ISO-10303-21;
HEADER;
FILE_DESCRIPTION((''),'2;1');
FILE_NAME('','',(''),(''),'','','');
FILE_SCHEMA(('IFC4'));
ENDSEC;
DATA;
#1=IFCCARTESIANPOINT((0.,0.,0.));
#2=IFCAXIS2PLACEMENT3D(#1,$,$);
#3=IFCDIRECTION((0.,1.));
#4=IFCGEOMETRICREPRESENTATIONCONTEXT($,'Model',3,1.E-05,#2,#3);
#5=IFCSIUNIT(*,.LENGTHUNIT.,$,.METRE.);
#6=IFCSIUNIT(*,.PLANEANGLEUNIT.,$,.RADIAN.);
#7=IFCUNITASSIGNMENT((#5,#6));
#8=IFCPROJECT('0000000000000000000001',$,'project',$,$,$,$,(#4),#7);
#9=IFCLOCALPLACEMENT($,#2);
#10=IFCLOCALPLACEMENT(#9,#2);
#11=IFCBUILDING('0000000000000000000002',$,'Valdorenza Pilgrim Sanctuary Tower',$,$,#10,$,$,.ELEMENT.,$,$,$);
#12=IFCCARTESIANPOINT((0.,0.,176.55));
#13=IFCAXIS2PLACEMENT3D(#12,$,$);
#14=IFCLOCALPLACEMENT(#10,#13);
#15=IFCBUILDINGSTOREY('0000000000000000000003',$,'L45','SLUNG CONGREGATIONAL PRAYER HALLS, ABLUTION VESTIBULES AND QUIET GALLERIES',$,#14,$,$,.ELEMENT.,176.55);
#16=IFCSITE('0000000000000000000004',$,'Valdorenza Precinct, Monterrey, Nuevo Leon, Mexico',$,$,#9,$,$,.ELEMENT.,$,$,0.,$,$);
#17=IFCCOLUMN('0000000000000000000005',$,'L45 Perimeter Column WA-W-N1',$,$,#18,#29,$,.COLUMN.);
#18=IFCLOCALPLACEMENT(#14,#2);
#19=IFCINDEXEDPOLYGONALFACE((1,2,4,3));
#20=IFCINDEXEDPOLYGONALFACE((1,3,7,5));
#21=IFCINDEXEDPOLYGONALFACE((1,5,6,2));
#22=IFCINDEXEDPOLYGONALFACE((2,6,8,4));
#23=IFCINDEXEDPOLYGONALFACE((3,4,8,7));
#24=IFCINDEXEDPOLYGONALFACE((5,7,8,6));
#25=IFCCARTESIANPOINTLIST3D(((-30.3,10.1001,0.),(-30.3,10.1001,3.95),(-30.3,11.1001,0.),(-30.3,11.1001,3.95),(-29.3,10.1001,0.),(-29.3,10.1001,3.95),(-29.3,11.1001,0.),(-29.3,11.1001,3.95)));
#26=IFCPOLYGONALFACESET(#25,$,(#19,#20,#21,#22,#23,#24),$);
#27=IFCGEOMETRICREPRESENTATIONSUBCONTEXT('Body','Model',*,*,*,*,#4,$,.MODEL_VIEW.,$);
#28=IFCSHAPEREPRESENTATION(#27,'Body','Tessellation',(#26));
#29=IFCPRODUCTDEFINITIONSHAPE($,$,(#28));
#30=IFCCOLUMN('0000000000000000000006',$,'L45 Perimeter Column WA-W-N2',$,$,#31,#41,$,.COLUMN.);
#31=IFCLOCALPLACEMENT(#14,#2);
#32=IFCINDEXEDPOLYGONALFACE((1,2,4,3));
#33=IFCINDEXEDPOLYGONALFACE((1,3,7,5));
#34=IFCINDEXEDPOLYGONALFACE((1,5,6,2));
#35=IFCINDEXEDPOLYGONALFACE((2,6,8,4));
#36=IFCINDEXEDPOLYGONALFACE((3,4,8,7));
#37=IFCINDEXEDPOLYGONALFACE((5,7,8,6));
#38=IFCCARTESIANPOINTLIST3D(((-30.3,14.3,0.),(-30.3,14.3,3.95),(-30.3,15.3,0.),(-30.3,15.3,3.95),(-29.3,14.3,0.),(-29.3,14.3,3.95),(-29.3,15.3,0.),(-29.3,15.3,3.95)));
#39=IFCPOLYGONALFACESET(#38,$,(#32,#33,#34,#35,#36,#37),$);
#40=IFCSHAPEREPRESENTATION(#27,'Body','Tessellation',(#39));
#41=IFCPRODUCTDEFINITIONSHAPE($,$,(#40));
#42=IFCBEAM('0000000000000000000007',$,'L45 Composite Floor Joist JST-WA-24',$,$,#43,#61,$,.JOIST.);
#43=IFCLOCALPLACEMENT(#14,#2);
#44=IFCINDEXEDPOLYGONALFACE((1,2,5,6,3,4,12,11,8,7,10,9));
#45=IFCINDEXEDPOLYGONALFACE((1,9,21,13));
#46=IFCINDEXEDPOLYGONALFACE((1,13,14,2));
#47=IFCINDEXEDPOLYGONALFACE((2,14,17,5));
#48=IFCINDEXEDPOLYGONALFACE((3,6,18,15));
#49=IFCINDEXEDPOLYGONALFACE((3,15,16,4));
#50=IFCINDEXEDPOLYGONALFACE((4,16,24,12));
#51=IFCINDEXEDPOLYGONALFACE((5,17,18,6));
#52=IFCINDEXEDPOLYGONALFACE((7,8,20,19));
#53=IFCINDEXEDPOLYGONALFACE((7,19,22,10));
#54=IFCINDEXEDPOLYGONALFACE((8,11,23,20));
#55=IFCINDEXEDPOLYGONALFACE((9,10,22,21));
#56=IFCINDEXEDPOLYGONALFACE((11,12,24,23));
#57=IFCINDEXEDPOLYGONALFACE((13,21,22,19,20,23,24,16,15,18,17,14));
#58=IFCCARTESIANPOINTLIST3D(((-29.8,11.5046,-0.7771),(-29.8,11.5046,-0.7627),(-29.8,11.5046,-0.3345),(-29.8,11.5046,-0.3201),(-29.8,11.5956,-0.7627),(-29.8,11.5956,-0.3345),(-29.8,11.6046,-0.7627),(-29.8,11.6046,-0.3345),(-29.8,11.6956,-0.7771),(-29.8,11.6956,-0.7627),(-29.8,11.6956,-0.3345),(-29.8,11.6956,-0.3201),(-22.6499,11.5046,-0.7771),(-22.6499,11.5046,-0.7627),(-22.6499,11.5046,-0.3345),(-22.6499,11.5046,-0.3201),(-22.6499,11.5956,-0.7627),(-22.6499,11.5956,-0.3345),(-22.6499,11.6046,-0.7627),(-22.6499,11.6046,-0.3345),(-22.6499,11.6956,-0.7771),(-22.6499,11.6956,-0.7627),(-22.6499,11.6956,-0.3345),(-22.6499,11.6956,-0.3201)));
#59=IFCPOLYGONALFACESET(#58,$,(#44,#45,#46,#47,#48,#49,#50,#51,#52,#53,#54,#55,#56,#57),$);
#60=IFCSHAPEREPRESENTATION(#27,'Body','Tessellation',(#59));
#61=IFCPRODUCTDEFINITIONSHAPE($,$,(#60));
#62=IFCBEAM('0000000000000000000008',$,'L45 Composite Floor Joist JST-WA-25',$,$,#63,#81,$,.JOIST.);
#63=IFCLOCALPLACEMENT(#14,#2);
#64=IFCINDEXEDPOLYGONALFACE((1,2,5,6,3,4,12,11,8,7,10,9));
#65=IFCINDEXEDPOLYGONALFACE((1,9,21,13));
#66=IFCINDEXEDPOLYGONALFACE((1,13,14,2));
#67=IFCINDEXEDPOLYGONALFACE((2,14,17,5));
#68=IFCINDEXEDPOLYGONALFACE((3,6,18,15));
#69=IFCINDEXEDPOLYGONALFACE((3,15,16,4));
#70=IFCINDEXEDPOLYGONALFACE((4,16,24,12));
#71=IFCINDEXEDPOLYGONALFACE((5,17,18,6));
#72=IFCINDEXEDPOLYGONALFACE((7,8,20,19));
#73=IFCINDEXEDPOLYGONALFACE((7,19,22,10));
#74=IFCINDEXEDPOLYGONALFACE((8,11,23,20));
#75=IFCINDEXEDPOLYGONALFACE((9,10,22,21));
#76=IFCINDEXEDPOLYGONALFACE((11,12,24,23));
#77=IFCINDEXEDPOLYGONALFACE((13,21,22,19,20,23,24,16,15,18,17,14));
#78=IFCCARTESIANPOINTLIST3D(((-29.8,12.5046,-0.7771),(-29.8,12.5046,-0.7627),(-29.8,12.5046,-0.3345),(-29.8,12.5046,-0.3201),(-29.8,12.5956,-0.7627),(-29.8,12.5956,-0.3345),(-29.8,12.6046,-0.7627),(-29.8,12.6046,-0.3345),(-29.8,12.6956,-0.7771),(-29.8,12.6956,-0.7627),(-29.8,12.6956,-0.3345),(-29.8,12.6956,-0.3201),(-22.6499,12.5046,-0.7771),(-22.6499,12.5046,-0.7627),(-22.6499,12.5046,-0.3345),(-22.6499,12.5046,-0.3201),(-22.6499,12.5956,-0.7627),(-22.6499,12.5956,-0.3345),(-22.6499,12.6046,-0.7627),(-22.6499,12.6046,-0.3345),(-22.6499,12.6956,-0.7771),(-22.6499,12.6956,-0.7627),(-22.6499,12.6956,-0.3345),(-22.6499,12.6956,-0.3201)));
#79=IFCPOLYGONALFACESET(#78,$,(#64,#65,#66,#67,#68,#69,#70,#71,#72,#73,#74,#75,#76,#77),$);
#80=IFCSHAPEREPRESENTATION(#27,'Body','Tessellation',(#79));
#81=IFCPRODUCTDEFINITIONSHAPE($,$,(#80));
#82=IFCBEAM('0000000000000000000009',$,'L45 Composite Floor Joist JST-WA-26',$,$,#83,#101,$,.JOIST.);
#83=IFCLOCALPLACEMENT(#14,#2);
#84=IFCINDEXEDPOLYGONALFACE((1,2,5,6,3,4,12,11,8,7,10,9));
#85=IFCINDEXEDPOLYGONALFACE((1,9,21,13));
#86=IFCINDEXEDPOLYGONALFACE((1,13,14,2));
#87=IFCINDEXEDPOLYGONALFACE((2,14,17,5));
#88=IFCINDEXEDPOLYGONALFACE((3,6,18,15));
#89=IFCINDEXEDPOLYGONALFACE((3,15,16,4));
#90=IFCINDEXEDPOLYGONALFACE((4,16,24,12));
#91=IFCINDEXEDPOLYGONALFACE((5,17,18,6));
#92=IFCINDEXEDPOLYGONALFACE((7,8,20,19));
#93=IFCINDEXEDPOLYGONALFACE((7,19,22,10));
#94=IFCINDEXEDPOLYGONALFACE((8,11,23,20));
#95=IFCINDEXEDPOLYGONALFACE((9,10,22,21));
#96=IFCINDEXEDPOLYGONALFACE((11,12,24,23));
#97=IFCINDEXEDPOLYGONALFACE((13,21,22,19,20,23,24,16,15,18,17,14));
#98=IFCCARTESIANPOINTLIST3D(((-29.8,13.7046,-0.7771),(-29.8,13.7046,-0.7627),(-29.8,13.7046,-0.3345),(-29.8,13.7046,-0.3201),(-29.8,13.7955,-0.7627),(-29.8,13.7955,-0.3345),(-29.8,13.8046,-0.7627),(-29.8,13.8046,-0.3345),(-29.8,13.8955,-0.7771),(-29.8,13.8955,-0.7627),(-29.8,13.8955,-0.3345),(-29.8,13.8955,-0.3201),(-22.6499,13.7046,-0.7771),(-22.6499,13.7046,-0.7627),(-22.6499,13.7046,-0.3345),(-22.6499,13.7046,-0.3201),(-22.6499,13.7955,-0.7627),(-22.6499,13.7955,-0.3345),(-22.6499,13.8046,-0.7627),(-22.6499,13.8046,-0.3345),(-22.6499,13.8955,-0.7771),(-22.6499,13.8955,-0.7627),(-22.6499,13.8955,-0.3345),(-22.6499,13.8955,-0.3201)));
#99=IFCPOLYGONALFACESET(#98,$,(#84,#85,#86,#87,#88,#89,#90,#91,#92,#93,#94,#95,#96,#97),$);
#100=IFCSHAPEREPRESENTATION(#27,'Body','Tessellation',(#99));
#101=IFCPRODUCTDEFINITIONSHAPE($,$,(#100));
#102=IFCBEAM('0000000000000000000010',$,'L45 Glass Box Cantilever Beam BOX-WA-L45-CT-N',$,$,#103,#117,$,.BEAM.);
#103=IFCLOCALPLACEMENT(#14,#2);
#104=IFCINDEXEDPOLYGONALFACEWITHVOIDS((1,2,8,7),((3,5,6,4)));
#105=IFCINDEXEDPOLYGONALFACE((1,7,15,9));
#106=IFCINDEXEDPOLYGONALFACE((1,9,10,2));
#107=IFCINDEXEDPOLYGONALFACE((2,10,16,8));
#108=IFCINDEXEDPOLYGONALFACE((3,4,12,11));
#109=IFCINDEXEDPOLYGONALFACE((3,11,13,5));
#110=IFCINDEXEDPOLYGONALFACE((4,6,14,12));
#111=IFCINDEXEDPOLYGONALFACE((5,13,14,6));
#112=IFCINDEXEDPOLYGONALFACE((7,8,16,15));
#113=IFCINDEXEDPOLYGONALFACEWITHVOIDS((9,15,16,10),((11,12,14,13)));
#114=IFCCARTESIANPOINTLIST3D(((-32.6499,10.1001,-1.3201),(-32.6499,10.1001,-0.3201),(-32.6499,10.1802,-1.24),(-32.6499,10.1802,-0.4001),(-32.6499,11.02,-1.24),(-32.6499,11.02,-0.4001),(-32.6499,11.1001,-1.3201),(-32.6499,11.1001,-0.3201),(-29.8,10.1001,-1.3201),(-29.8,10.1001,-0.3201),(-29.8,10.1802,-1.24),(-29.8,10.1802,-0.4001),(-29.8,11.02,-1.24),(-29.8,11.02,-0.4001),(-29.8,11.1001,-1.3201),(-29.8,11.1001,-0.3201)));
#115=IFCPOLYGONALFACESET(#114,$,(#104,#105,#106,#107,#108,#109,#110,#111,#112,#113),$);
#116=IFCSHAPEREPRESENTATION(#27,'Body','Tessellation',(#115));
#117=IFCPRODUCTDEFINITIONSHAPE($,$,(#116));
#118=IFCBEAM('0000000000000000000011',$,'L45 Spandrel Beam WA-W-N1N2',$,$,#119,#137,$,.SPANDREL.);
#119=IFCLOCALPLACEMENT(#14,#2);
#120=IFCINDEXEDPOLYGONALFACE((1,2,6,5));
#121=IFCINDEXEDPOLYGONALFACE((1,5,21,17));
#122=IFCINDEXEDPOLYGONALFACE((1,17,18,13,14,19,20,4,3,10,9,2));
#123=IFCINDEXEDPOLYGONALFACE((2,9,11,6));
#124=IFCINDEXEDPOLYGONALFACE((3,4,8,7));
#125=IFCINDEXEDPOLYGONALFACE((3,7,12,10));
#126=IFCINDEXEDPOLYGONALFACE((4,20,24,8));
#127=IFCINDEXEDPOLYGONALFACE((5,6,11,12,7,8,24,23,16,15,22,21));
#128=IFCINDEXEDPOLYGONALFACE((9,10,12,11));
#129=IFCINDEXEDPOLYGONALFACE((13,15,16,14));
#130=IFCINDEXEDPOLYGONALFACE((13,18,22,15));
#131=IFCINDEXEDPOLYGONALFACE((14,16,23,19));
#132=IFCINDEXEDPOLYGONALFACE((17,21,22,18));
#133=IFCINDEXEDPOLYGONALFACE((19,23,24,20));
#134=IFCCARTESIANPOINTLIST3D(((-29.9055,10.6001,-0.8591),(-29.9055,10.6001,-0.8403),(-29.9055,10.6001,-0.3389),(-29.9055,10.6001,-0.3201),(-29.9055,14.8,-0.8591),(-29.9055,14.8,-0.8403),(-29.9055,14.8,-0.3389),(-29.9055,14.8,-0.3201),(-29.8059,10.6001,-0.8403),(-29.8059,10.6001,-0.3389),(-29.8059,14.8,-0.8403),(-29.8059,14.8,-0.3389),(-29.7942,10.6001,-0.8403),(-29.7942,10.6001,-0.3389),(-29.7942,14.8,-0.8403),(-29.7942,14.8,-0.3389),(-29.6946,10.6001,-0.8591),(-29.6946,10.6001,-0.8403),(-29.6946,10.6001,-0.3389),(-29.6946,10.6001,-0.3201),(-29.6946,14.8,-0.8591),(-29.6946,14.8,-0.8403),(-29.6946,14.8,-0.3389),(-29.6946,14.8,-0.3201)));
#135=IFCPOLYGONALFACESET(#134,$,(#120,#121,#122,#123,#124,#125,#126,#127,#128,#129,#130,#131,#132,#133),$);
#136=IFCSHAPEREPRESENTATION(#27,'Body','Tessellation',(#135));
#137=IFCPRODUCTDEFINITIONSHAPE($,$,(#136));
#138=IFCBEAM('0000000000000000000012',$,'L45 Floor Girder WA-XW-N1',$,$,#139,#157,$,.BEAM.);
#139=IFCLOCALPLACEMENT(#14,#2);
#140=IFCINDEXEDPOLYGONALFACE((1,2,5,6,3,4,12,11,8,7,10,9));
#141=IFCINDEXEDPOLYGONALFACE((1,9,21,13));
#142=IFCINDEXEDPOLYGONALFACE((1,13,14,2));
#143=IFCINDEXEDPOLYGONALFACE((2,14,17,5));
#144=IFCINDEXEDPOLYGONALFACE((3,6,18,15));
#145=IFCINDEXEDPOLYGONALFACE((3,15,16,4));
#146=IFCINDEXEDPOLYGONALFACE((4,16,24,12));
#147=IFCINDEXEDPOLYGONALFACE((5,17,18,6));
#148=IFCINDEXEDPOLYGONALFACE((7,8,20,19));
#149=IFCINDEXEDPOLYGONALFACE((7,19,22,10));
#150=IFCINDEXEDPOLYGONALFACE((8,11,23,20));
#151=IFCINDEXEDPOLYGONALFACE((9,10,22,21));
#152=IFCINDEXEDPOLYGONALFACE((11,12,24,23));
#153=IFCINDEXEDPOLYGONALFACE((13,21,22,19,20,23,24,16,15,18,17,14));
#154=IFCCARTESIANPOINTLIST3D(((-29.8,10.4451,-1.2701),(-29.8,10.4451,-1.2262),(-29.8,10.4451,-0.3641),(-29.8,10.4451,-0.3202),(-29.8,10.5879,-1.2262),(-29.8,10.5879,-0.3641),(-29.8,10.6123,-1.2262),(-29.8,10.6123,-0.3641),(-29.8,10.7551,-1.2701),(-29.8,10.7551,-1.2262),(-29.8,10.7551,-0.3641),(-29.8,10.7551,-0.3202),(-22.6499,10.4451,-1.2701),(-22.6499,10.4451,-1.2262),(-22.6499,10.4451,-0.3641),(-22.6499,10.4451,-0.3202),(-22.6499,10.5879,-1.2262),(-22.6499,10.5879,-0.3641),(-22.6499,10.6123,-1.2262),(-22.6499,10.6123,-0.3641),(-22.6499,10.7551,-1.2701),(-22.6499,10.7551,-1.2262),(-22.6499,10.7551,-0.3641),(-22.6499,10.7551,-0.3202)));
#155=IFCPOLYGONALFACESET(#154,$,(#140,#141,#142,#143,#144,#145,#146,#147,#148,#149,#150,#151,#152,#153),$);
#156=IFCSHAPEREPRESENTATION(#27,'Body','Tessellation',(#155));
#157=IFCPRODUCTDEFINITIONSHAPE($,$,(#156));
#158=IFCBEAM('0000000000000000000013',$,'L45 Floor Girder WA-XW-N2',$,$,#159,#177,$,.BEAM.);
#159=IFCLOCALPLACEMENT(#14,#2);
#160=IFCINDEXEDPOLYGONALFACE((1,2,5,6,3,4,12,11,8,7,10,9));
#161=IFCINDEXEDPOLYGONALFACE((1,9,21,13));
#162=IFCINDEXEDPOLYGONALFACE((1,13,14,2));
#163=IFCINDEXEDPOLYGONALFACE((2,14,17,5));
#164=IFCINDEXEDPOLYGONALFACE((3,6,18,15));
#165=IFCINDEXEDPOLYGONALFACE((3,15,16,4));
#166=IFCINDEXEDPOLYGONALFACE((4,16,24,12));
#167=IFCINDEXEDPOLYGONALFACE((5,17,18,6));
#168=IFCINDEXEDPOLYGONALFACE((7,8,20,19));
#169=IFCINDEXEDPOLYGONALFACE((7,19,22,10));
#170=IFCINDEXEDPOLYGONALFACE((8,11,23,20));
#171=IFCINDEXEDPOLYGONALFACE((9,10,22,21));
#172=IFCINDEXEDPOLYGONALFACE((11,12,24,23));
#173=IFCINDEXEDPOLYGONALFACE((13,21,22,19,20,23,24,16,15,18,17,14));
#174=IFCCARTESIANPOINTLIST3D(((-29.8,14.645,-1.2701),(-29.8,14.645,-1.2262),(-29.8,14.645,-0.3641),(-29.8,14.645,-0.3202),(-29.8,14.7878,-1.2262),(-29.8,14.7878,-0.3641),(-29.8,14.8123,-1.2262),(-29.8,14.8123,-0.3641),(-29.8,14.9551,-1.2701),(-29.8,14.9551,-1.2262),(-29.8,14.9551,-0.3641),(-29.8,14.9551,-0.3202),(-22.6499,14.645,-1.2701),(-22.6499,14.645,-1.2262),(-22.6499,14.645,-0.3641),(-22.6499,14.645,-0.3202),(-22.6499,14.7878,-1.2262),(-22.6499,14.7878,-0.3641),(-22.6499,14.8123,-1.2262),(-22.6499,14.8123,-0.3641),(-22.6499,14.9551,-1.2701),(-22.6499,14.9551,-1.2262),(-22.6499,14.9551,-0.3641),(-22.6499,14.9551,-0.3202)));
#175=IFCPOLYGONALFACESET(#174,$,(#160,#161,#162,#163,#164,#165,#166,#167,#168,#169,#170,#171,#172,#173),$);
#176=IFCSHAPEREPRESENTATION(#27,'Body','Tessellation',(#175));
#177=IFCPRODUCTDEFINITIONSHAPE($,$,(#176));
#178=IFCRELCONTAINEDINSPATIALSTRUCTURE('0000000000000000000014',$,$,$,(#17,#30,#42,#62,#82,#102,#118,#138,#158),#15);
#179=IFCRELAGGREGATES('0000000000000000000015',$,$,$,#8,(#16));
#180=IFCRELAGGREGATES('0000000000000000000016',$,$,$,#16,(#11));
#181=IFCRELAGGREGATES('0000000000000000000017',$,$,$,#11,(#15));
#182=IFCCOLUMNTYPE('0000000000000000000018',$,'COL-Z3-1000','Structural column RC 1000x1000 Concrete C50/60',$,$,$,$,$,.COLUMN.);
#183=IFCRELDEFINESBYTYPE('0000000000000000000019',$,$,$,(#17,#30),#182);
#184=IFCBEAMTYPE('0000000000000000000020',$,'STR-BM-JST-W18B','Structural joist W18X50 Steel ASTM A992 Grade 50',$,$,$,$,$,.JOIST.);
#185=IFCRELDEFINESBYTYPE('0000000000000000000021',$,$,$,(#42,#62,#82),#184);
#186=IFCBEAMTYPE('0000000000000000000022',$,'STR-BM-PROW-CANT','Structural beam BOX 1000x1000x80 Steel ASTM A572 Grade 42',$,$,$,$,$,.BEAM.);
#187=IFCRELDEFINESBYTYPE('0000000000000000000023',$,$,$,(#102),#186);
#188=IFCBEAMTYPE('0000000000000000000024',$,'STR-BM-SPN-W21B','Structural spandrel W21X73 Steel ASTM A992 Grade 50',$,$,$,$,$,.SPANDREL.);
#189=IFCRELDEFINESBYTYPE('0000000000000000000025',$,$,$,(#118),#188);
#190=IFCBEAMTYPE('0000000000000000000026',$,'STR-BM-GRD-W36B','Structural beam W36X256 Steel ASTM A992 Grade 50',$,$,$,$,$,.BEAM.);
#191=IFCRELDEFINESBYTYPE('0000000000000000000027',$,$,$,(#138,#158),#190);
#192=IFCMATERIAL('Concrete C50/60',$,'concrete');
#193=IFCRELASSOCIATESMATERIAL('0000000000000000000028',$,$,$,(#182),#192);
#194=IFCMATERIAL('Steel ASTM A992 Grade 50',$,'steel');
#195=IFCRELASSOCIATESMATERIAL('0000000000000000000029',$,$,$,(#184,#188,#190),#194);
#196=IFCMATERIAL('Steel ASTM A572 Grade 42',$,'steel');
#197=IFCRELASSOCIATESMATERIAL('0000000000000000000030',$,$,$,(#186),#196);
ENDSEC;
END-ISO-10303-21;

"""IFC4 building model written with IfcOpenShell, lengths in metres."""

from ifc_helpers import new_model, si_unit, direction, frame, origin, origin_2d, place, context, subcontext, project, spatial, rectangle, hollow_rectangle, i_section, extrude, source, transform, mapped, material, material_profile, profile_set, type_object, element, save


model = new_model("IFC4")

# Units and contexts
model_context = context("Model", 3, precision=1e-05, world=origin(), true_north=direction((0.0, 1.0)))
body_context = subcontext(model_context, "Body", "Model", "MODEL_VIEW")
ifc_project = project(units=[si_unit("LENGTHUNIT", "METRE"), si_unit("PLANEANGLEUNIT", "RADIAN")], contexts=[model_context])

# Site, building, storey
site_placement = place(None, origin())
site = spatial("IfcSite", under=ifc_project, at=site_placement, Name="Valdorenza Precinct, Monterrey, Nuevo Leon, Mexico", CompositionType="ELEMENT", RefElevation=0.0)
building_placement = place(site_placement, origin())
building = spatial("IfcBuilding", under=site, at=building_placement, Name="Valdorenza Pilgrim Sanctuary Tower", CompositionType="ELEMENT")
storey_placement = place(building_placement, frame((0.0, 0.0, 176.55)))
storey = spatial("IfcBuildingStorey", under=building, at=storey_placement, Name="L45", Description="SLUNG CONGREGATIONAL PRAYER HALLS, ABLUTION VESTIBULES AND QUIET GALLERIES", CompositionType="ELEMENT", Elevation=176.55)

# Columns
ifc_material_1 = material(Name="Concrete C50/60", Category="concrete")
ifc_material_profile_1 = material_profile(ifc_material_1, rectangle(XDim=1.0, YDim=1.0, at=origin_2d()), Name="RC 1000x1000")
ifc_profile_set_1 = profile_set([ifc_material_profile_1], Name="Concrete C50/60")
column_type = type_object("IfcColumnType", Name="COL-Z3-1000", Description="Structural column RC 1000x1000 Concrete C50/60", PredefinedType="COLUMN", material=ifc_profile_set_1)
shared_shape_1 = source(origin(), body_context, "Body", "SweptSolid", [
    extrude(rectangle(XDim=1.0, YDim=1.0, at=origin_2d()), origin(), (0.0, 0.0, 1.0), 3.95),
])
for number, where, z_axis, x_axis, name in (
    (1, (-29.8, 10.6001, 0.0), (0.0, 0.0, 1.0), (1.0, 0.0, 0.0), "L45 Perimeter Column WA-W-N1"),
    (2, (-29.8, 14.8, 0.0), (0.0, 0.0, 1.0), (1.0, 0.0, 0.0), "L45 Perimeter Column WA-W-N2"),
):
    element("IfcColumn", number, at=place(storey_placement, frame(where, z_axis=z_axis, x_axis=x_axis)), inside=storey, type_object=column_type, Name=name, PredefinedType="COLUMN", context=body_context, shape_type="MappedRepresentation", body=[
        mapped(shared_shape_1, transform((0.0, 0.0, 0.0), x_axis=(1.0, 0.0, 0.0), y_axis=(0.0, 1.0, 0.0), z_axis=(0.0, 0.0, 1.0), scale=1.0)),
    ])

# Beams
ifc_material_2 = material(Name="Steel ASTM A992 Grade 50", Category="steel")
ifc_material_profile_2 = material_profile(ifc_material_2, i_section(OverallWidth=0.1909, OverallDepth=0.457, WebThickness=0.009, FlangeThickness=0.0144, at=origin_2d()), Name="W18X50")
ifc_profile_set_2 = profile_set([ifc_material_profile_2], Name="Steel ASTM A992 Grade 50")
beam_type_1 = type_object("IfcBeamType", Name="STR-BM-JST-W18B", Description="Structural joist W18X50 Steel ASTM A992 Grade 50", PredefinedType="JOIST", material=ifc_profile_set_2)
shared_shape_2 = source(origin(), body_context, "Body", "SweptSolid", [
    extrude(i_section(OverallWidth=0.1909, OverallDepth=0.457, WebThickness=0.009, FlangeThickness=0.0144, at=origin_2d()), origin(), (0.0, 0.0, 1.0), 7.1501),
])
for number, where, z_axis, x_axis, name in (
    (3, (-29.8, 11.6001, -0.5486), (1.0, 0.0, 0.0), (0.0, 1.0, 0.0), "L45 Composite Floor Joist JST-WA-24"),
    (4, (-29.8, 12.6001, -0.5486), (1.0, 0.0, 0.0), (0.0, 1.0, 0.0), "L45 Composite Floor Joist JST-WA-25"),
    (5, (-29.8, 13.8, -0.5486), (1.0, 0.0, 0.0), (0.0, 1.0, 0.0), "L45 Composite Floor Joist JST-WA-26"),
):
    element("IfcBeam", number, at=place(storey_placement, frame(where, z_axis=z_axis, x_axis=x_axis)), inside=storey, type_object=beam_type_1, Name=name, PredefinedType="JOIST", context=body_context, shape_type="MappedRepresentation", body=[
        mapped(shared_shape_2, transform((0.0, 0.0, 0.0), x_axis=(1.0, 0.0, 0.0), y_axis=(0.0, 1.0, 0.0), z_axis=(0.0, 0.0, 1.0), scale=1.0)),
    ])
ifc_material_3 = material(Name="Steel ASTM A572 Grade 42", Category="steel")
ifc_material_profile_3 = material_profile(ifc_material_3, hollow_rectangle(XDim=1.0, YDim=1.0, WallThickness=0.0801, at=origin_2d()), Name="BOX 1000x1000x80")
ifc_profile_set_3 = profile_set([ifc_material_profile_3], Name="Steel ASTM A572 Grade 42")
beam_type_2 = type_object("IfcBeamType", Name="STR-BM-PROW-CANT", Description="Structural beam BOX 1000x1000x80 Steel ASTM A572 Grade 42", PredefinedType="BEAM", material=ifc_profile_set_3)
shared_shape_3 = source(origin(), body_context, "Body", "SweptSolid", [
    extrude(hollow_rectangle(XDim=1.0, YDim=1.0, WallThickness=0.0801, at=origin_2d()), origin(), (0.0, 0.0, 1.0), 2.8499),
])
beam_1_placement = place(storey_placement, frame((-29.8, 10.6001, -0.8201), z_axis=(-1.0, 0.0, 0.0), x_axis=(0.0, -1.0, 0.0)))
element("IfcBeam", 6, at=beam_1_placement, inside=storey, type_object=beam_type_2, Name="L45 Glass Box Cantilever Beam BOX-WA-L45-CT-N", PredefinedType="BEAM", context=body_context, shape_type="MappedRepresentation", body=[
    mapped(shared_shape_3, transform((0.0, 0.0, 0.0), x_axis=(1.0, 0.0, 0.0), y_axis=(0.0, 1.0, 0.0), z_axis=(0.0, 0.0, 1.0), scale=1.0)),
])
ifc_material_profile_4 = material_profile(ifc_material_2, i_section(OverallWidth=0.2109, OverallDepth=0.5391, WebThickness=0.0117, FlangeThickness=0.0188, at=origin_2d()), Name="W21X73")
ifc_profile_set_4 = profile_set([ifc_material_profile_4], Name="Steel ASTM A992 Grade 50")
beam_type_3 = type_object("IfcBeamType", Name="STR-BM-SPN-W21B", Description="Structural spandrel W21X73 Steel ASTM A992 Grade 50", PredefinedType="SPANDREL", material=ifc_profile_set_4)
shared_shape_4 = source(origin(), body_context, "Body", "SweptSolid", [
    extrude(i_section(OverallWidth=0.2109, OverallDepth=0.5391, WebThickness=0.0117, FlangeThickness=0.0188, at=origin_2d()), origin(), (0.0, 0.0, 1.0), 4.2),
])
beam_2_placement = place(storey_placement, frame((-29.8, 10.6001, -0.5896), z_axis=(0.0, 1.0, 0.0), x_axis=(-1.0, 0.0, 0.0)))
element("IfcBeam", 7, at=beam_2_placement, inside=storey, type_object=beam_type_3, Name="L45 Spandrel Beam WA-W-N1N2", PredefinedType="SPANDREL", context=body_context, shape_type="MappedRepresentation", body=[
    mapped(shared_shape_4, transform((0.0, 0.0, 0.0), x_axis=(1.0, 0.0, 0.0), y_axis=(0.0, 1.0, 0.0), z_axis=(0.0, 0.0, 1.0), scale=1.0)),
])
ifc_material_profile_5 = material_profile(ifc_material_2, i_section(OverallWidth=0.3101, OverallDepth=0.95, WebThickness=0.0244, FlangeThickness=0.0439, at=origin_2d()), Name="W36X256")
ifc_profile_set_5 = profile_set([ifc_material_profile_5], Name="Steel ASTM A992 Grade 50")
beam_type_4 = type_object("IfcBeamType", Name="STR-BM-GRD-W36B", Description="Structural beam W36X256 Steel ASTM A992 Grade 50", PredefinedType="BEAM", material=ifc_profile_set_5)
shared_shape_5 = source(origin(), body_context, "Body", "SweptSolid", [
    extrude(i_section(OverallWidth=0.3101, OverallDepth=0.95, WebThickness=0.0244, FlangeThickness=0.0439, at=origin_2d()), origin(), (0.0, 0.0, 1.0), 7.1501),
])
for number, where, z_axis, x_axis, name in (
    (8, (-29.8, 10.6001, -0.7952), (1.0, 0.0, 0.0), (0.0, 1.0, 0.0), "L45 Floor Girder WA-XW-N1"),
    (9, (-29.8, 14.8, -0.7952), (1.0, 0.0, 0.0), (0.0, 1.0, 0.0), "L45 Floor Girder WA-XW-N2"),
):
    element("IfcBeam", number, at=place(storey_placement, frame(where, z_axis=z_axis, x_axis=x_axis)), inside=storey, type_object=beam_type_4, Name=name, PredefinedType="BEAM", context=body_context, shape_type="MappedRepresentation", body=[
        mapped(shared_shape_5, transform((0.0, 0.0, 0.0), x_axis=(1.0, 0.0, 0.0), y_axis=(0.0, 1.0, 0.0), z_axis=(0.0, 0.0, 1.0), scale=1.0)),
    ])

save(model, "model.ifc")
